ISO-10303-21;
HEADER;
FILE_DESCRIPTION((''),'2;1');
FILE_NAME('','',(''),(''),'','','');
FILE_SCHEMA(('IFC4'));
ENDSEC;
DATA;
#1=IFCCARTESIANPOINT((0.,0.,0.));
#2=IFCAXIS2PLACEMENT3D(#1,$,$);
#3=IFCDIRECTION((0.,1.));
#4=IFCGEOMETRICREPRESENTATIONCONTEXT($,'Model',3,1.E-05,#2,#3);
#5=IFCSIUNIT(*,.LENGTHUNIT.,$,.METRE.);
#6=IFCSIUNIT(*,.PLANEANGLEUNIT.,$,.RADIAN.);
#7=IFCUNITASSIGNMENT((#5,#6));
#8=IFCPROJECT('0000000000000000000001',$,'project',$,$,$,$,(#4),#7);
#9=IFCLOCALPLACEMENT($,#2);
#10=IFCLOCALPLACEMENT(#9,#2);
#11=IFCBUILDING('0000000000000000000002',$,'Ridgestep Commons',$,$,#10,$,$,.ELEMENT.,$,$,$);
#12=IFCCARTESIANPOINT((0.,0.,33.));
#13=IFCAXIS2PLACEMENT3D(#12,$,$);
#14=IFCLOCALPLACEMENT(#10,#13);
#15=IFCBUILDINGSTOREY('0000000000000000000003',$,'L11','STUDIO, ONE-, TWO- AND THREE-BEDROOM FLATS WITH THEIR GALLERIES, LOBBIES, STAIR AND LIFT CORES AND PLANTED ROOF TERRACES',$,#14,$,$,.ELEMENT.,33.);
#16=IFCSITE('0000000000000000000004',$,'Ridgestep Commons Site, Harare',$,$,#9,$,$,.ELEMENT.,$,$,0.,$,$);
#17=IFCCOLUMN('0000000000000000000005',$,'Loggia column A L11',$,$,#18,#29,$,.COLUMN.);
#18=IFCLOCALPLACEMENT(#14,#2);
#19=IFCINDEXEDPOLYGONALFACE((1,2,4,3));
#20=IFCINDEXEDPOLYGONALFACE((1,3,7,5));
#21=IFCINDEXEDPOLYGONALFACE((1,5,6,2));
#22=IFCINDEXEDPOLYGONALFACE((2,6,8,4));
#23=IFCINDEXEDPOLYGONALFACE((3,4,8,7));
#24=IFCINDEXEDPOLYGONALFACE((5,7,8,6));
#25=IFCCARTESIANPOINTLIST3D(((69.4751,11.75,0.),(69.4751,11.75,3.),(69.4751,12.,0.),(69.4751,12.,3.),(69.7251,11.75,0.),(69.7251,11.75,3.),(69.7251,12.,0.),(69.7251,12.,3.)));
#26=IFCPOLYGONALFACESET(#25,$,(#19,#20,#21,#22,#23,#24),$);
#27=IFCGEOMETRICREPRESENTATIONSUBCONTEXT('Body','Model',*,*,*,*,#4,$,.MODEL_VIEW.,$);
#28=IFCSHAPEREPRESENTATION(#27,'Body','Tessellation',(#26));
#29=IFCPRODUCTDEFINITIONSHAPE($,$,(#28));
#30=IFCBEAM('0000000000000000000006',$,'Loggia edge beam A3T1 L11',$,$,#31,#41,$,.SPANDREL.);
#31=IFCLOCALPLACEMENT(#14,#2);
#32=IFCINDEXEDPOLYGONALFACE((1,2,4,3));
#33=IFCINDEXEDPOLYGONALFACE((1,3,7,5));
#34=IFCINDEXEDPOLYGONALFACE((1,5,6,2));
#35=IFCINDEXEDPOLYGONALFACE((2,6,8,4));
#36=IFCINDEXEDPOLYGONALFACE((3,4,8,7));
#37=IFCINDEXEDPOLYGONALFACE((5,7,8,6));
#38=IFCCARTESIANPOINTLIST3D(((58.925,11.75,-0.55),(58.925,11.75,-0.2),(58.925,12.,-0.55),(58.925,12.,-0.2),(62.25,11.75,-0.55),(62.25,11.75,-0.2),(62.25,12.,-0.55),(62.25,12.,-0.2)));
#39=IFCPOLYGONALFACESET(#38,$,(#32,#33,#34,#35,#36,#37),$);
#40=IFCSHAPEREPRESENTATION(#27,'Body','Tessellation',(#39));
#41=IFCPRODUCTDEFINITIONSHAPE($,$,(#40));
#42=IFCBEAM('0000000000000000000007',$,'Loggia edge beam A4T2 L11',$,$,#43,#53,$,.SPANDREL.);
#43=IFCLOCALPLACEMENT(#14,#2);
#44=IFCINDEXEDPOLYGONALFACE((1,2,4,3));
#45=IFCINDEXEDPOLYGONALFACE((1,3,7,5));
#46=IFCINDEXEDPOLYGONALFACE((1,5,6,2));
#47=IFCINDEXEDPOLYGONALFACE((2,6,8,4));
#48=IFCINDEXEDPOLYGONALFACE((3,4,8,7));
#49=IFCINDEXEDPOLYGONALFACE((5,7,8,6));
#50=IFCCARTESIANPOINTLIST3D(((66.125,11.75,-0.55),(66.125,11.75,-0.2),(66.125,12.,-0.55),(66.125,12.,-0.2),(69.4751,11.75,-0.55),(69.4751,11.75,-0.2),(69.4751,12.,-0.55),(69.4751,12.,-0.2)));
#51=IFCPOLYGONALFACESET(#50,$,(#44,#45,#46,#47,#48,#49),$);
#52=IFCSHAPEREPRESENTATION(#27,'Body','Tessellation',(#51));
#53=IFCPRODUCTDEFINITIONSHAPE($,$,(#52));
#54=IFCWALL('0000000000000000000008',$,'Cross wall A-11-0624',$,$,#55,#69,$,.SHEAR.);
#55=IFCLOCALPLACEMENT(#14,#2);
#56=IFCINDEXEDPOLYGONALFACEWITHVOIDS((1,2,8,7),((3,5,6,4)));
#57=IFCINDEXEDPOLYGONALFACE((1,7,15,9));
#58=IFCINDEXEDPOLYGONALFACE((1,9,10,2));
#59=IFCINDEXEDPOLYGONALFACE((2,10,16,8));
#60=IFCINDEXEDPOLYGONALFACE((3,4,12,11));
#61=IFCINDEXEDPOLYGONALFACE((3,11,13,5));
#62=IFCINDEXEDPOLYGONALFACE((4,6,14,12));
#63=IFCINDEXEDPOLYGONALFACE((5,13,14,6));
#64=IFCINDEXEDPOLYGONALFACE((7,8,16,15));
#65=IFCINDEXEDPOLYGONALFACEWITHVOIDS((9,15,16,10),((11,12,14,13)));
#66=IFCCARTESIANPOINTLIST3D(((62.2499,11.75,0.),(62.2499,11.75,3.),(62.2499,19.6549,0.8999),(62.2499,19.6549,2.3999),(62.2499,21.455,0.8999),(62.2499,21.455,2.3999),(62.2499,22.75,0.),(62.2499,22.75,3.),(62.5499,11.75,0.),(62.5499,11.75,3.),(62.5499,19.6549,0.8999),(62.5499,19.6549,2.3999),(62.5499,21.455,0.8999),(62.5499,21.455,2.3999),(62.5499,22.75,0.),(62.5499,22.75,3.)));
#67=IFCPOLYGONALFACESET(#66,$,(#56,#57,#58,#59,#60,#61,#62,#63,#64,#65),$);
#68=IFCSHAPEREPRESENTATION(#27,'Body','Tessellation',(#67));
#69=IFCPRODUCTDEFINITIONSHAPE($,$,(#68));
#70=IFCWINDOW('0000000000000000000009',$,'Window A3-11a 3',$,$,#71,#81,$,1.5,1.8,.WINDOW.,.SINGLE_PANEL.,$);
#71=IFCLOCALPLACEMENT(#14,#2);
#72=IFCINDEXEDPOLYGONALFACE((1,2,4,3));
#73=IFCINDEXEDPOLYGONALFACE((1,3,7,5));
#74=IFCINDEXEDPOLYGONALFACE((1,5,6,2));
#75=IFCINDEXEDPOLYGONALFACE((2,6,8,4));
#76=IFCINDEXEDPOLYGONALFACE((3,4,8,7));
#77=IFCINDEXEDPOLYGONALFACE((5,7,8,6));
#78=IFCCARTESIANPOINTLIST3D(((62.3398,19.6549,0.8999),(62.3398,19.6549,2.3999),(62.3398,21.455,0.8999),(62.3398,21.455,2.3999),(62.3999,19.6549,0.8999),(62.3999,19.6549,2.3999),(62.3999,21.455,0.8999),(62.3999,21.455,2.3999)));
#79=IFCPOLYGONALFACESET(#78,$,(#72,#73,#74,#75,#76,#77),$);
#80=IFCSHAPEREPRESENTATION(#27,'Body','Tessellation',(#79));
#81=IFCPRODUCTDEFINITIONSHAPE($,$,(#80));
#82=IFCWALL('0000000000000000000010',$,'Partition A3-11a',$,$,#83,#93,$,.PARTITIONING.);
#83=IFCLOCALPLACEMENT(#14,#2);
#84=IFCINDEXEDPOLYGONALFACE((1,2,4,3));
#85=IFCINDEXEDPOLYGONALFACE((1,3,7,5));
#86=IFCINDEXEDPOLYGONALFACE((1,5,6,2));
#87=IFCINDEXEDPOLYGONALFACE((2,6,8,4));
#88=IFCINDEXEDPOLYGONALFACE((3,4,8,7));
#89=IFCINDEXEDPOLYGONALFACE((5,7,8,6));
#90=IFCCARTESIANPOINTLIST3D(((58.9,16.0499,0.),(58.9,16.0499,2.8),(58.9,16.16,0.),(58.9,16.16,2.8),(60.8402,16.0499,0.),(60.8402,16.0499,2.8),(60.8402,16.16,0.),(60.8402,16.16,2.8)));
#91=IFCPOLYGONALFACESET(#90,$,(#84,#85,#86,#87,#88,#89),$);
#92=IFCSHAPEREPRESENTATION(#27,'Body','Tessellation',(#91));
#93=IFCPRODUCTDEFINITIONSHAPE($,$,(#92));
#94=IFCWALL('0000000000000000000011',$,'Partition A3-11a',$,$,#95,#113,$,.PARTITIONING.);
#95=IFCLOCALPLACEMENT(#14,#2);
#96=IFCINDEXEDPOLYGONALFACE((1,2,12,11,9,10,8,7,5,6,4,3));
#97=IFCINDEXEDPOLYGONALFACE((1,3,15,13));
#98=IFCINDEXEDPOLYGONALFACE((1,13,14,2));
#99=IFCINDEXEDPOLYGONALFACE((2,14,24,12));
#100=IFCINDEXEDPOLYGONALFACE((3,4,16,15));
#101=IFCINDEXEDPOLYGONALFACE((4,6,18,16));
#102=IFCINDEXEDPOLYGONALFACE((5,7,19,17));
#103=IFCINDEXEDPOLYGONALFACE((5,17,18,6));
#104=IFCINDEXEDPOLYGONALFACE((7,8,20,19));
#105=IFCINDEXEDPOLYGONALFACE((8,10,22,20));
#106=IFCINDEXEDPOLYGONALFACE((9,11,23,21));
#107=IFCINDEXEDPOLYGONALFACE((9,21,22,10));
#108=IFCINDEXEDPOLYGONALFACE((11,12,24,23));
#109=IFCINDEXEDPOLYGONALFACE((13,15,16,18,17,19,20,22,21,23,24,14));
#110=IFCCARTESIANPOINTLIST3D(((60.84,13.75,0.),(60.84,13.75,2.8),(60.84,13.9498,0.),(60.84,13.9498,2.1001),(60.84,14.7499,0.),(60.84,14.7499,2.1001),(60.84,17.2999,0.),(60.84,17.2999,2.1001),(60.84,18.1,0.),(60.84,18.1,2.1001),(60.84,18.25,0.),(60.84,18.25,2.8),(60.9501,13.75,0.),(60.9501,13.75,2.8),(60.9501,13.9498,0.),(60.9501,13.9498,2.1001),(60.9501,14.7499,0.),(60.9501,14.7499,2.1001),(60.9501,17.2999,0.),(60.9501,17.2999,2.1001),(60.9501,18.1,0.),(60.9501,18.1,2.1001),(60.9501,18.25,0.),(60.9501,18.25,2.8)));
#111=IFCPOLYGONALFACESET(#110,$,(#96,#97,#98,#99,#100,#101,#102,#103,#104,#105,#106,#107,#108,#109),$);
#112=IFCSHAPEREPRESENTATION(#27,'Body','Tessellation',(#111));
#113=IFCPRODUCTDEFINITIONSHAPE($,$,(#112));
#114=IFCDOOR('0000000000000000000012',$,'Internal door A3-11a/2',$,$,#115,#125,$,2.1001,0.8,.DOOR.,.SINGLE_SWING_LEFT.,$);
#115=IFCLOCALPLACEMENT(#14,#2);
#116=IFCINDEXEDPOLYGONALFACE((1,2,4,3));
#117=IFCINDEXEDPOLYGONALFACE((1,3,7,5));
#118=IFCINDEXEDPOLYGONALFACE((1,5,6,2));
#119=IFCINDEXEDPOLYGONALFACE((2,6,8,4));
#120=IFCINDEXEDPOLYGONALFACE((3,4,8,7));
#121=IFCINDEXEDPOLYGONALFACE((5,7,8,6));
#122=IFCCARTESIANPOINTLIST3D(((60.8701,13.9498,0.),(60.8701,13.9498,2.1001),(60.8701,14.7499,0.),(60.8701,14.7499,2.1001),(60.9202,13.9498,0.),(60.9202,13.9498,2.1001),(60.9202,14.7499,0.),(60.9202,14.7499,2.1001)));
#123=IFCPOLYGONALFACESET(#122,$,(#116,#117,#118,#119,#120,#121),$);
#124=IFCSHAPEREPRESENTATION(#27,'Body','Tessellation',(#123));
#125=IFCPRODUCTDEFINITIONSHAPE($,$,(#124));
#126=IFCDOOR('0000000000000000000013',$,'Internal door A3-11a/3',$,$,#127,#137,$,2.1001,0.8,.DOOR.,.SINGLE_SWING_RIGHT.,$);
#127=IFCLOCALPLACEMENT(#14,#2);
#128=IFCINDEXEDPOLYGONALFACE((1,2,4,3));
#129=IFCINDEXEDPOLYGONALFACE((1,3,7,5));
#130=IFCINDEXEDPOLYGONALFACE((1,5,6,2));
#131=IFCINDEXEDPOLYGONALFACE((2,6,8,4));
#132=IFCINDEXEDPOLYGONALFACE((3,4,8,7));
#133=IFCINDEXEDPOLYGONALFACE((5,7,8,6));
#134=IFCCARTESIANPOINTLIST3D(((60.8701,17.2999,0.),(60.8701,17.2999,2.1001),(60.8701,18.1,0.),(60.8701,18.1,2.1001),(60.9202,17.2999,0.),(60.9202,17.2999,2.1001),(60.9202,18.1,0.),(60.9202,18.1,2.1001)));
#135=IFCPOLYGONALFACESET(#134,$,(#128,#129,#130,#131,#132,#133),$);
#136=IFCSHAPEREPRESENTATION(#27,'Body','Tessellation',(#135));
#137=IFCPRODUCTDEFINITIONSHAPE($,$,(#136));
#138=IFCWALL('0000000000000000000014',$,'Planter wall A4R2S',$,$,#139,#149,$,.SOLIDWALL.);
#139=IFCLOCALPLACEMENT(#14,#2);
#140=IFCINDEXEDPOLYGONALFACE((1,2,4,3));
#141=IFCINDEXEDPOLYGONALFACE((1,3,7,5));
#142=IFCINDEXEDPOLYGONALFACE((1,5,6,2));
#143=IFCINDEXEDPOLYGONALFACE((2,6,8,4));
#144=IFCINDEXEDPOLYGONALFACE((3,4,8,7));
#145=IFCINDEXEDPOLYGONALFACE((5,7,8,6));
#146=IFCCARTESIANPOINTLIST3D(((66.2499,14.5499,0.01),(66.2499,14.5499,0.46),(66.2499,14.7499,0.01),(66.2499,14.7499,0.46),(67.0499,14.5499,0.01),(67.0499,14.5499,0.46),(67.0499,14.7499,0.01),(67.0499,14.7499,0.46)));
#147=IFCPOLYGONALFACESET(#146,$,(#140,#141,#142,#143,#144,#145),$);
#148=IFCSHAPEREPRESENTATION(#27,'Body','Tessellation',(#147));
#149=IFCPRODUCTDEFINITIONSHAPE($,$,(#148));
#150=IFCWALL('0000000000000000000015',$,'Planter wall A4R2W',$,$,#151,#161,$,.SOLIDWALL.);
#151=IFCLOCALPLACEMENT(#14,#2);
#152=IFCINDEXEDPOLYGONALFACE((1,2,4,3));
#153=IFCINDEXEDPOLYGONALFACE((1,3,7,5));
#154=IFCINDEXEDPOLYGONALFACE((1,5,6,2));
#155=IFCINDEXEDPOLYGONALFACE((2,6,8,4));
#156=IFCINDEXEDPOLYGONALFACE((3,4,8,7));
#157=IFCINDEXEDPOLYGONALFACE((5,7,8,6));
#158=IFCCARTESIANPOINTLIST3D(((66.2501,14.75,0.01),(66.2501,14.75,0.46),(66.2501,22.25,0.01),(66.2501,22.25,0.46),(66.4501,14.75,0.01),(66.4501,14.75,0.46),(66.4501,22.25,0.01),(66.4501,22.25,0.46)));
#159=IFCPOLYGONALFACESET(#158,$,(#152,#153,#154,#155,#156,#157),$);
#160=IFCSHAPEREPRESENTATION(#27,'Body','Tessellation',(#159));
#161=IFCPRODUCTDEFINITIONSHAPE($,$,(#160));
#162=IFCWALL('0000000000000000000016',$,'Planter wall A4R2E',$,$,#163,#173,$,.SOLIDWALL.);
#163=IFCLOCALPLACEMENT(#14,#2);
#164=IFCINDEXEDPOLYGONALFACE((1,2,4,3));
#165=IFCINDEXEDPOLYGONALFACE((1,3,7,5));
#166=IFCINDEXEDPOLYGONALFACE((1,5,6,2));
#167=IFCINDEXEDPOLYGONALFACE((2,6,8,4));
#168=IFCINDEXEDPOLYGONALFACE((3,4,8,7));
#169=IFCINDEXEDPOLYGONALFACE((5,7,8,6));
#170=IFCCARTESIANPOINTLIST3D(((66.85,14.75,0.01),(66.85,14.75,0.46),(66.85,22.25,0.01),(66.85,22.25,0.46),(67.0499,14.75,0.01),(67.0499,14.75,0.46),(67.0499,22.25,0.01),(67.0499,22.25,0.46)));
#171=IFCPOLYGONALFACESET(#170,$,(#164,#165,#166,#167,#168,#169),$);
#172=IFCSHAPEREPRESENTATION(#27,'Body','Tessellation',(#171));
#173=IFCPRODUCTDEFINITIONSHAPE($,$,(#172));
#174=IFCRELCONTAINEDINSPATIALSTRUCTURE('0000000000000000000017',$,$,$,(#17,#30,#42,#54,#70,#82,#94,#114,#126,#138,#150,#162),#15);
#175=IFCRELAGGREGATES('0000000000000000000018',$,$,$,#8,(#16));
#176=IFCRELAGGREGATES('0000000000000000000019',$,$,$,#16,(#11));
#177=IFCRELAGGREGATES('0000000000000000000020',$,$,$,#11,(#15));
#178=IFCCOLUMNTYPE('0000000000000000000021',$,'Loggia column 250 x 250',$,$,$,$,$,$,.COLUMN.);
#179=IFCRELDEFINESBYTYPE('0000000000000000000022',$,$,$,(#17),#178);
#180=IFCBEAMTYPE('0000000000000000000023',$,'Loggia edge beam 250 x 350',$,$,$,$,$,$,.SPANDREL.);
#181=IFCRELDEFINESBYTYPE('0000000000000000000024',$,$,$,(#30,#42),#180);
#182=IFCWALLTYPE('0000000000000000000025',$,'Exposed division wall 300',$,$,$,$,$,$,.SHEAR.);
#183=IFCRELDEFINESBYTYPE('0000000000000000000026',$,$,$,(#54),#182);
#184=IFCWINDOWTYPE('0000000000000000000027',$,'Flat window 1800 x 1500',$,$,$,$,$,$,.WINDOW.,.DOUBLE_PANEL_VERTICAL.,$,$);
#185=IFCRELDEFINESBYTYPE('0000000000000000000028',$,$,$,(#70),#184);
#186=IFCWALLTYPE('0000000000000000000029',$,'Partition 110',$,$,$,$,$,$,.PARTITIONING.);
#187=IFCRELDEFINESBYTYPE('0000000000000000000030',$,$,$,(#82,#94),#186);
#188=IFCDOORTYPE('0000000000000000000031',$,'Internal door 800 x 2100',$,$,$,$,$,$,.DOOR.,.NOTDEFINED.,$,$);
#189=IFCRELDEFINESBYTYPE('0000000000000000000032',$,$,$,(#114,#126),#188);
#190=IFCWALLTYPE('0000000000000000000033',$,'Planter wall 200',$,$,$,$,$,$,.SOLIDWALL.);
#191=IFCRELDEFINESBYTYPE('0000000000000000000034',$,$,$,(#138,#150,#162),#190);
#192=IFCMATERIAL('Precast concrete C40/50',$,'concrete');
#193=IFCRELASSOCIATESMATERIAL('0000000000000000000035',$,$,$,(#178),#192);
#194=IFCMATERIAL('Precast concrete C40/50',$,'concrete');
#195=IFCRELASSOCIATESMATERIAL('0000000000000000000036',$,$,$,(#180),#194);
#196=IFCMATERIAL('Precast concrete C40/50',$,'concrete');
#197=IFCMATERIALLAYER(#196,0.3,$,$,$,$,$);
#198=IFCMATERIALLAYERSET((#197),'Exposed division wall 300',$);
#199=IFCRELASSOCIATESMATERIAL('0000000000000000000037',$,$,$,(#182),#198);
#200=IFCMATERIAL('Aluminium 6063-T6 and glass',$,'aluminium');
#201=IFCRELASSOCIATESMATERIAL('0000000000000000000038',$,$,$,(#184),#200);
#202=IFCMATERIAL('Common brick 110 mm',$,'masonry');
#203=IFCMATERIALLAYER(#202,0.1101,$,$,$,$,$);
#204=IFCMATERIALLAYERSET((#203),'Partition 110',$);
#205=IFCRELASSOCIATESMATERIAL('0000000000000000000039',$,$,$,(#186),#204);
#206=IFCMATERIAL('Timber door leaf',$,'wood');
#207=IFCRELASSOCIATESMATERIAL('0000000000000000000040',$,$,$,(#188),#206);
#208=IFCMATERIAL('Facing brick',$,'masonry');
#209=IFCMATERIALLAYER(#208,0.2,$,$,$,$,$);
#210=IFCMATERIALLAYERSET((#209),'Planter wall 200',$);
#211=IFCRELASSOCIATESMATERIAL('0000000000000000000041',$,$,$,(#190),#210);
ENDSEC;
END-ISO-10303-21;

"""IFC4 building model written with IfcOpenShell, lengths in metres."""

from ifc_helpers import new_model, si_unit, direction, frame, frame_2d, origin, origin_2d, place, context, subcontext, project, spatial, rectangle, extrude, material, layer, layer_set, material_profile, profile_set, type_object, element, fill, save


model = new_model("IFC4")

# Units and contexts
model_context = context("Model", 3, precision=1e-05, world=origin(), true_north=direction((0.0, 1.0)))
body_context = subcontext(model_context, "Body", "Model", "MODEL_VIEW")
ifc_project = project(units=[si_unit("LENGTHUNIT", "METRE"), si_unit("PLANEANGLEUNIT", "RADIAN")], contexts=[model_context])

# Site, building, storey
site_placement = place(None, origin())
site = spatial("IfcSite", under=ifc_project, at=site_placement, Name="Ridgestep Commons Site, Harare", CompositionType="ELEMENT", RefElevation=0.0)
building_placement = place(site_placement, origin())
building = spatial("IfcBuilding", under=site, at=building_placement, Name="Ridgestep Commons", CompositionType="ELEMENT")
storey_placement = place(building_placement, frame((0.0, 0.0, 33.0)))
storey = spatial("IfcBuildingStorey", under=building, at=storey_placement, Name="L11", Description="STUDIO, ONE-, TWO- AND THREE-BEDROOM FLATS WITH THEIR GALLERIES, LOBBIES, STAIR AND LIFT CORES AND PLANTED ROOF TERRACES", CompositionType="ELEMENT", Elevation=33.0)

# Column
ifc_material_1 = material(Name="Precast concrete C40/50", Category="concrete")
ifc_material_profile_1 = material_profile(ifc_material_1, rectangle(XDim=0.25, YDim=0.25, at=origin_2d()), Name="PC 250x250")
ifc_profile_set_1 = profile_set([ifc_material_profile_1], Name="Precast concrete C40/50")
column_type = type_object("IfcColumnType", Name="Loggia column 250 x 250", PredefinedType="COLUMN", material=ifc_profile_set_1)
column_placement = place(storey_placement, frame((69.6001, 11.875, 0.0), z_axis=(0.0, 0.0, 1.0), x_axis=(1.0, 0.0, 0.0)))
element("IfcColumn", 1, at=column_placement, inside=storey, type_object=column_type, Name="Loggia column A L11", PredefinedType="COLUMN", context=body_context, shape_type="SweptSolid", body=[
    extrude(rectangle(XDim=0.25, YDim=0.25, at=origin_2d()), origin(), (0.0, 0.0, 1.0), 3.0),
])

# Beams
ifc_material_2 = material(Name="Precast concrete C40/50", Category="concrete")
ifc_material_profile_2 = material_profile(ifc_material_2, rectangle(XDim=0.25, YDim=0.3501, at=origin_2d()), Name="PC 250x350")
ifc_profile_set_2 = profile_set([ifc_material_profile_2], Name="Precast concrete C40/50")
beam_type = type_object("IfcBeamType", Name="Loggia edge beam 250 x 350", PredefinedType="SPANDREL", material=ifc_profile_set_2)
beam_1_placement = place(storey_placement, frame((58.925, 11.875, -0.375), z_axis=(1.0, 0.0, 0.0), x_axis=(0.0, 1.0, 0.0)))
element("IfcBeam", 2, at=beam_1_placement, inside=storey, type_object=beam_type, Name="Loggia edge beam A3T1 L11", PredefinedType="SPANDREL", context=body_context, shape_type="SweptSolid", body=[
    extrude(rectangle(XDim=0.25, YDim=0.3501, at=origin_2d()), origin(), (0.0, 0.0, 1.0), 3.325),
])
beam_2_placement = place(storey_placement, frame((66.125, 11.875, -0.375), z_axis=(1.0, 0.0, 0.0), x_axis=(0.0, 1.0, 0.0)))
element("IfcBeam", 3, at=beam_2_placement, inside=storey, type_object=beam_type, Name="Loggia edge beam A4T2 L11", PredefinedType="SPANDREL", context=body_context, shape_type="SweptSolid", body=[
    extrude(rectangle(XDim=0.25, YDim=0.3501, at=origin_2d()), origin(), (0.0, 0.0, 1.0), 3.3501),
])

# Wall, opening, window
ifc_material_3 = material(Name="Precast concrete C40/50", Category="concrete")
ifc_layer_1 = layer(ifc_material_3, 0.3)
ifc_layer_set_1 = layer_set([ifc_layer_1], Name="Exposed division wall 300")
wall_type_1 = type_object("IfcWallType", Name="Exposed division wall 300", PredefinedType="SHEAR", material=ifc_layer_set_1)
wall_1_placement = place(storey_placement, frame((62.3999, 11.75, 0.0), z_axis=(0.0, 0.0, 1.0), x_axis=(0.0, 1.0, 0.0)))
wall_1 = element("IfcWall", 4, at=wall_1_placement, inside=storey, type_object=wall_type_1, Name="Cross wall A-11-0624", PredefinedType="SHEAR", context=body_context, shape_type="SweptSolid", body=[
    extrude(rectangle(XDim=11.0, YDim=0.3, at=frame_2d((5.5, 0.0))), origin(), (0.0, 0.0, 1.0), 3.0),
])
opening_1_placement = place(wall_1_placement, frame((7.905, 0.0, 0.8999)))
opening_1 = element("IfcOpeningElement", 5, at=opening_1_placement, cuts=wall_1, PredefinedType="OPENING", context=body_context, shape_type="SweptSolid", body=[
    extrude(rectangle(XDim=1.8, YDim=1.5, at=frame_2d((0.8999, 0.75))), frame((0.0, 0.1599, 0.0), z_axis=(0.0, -1.0, 0.0), x_axis=(1.0, 0.0, 0.0)), (0.0, 0.0, 1.0), 0.3201),
])
ifc_material_4 = material(Name="Aluminium 6063-T6 and glass", Category="aluminium")
window_type = type_object("IfcWindowType", Name="Flat window 1800 x 1500", PartitioningType="DOUBLE_PANEL_VERTICAL", PredefinedType="WINDOW", material=ifc_material_4)
window_placement = place(opening_1_placement, origin())
window = element("IfcWindow", 6, at=window_placement, inside=storey, type_object=window_type, Name="Window A3-11a 3", OverallHeight=1.5, OverallWidth=1.8, PartitioningType="SINGLE_PANEL", PredefinedType="WINDOW", context=body_context, shape_type="SweptSolid", body=[
    extrude(rectangle(XDim=1.8, YDim=1.5, at=frame_2d((0.8999, 0.75))), frame((0.0, 0.0601, 0.0), z_axis=(0.0, -1.0, 0.0), x_axis=(1.0, 0.0, 0.0)), (0.0, 0.0, 1.0), 0.0601),
])
fill(opening_1, window)

# Wall
ifc_material_5 = material(Name="Common brick 110 mm", Category="masonry")
ifc_layer_2 = layer(ifc_material_5, 0.1101)
ifc_layer_set_2 = layer_set([ifc_layer_2], Name="Partition 110")
wall_type_2 = type_object("IfcWallType", Name="Partition 110", PredefinedType="PARTITIONING", material=ifc_layer_set_2)
wall_2_placement = place(storey_placement, frame((58.8999, 16.105, 0.0), z_axis=(0.0, 0.0, 1.0), x_axis=(1.0, 0.0, 0.0)))
element("IfcWall", 7, at=wall_2_placement, inside=storey, type_object=wall_type_2, Name="Partition A3-11a", PredefinedType="PARTITIONING", context=body_context, shape_type="SweptSolid", body=[
    extrude(rectangle(XDim=1.9402, YDim=0.1101, at=frame_2d((0.9702, 0.0))), origin(), (0.0, 0.0, 1.0), 2.8),
])

# Wall, openings, doors
wall_3_placement = place(storey_placement, frame((60.895, 13.75, 0.0), z_axis=(0.0, 0.0, 1.0), x_axis=(0.0, 1.0, 0.0)))
wall_3 = element("IfcWall", 8, at=wall_3_placement, inside=storey, type_object=wall_type_2, Name="Partition A3-11a", PredefinedType="PARTITIONING", context=body_context, shape_type="SweptSolid", body=[
    extrude(rectangle(XDim=4.5, YDim=0.1101, at=frame_2d((2.25, 0.0))), origin(), (0.0, 0.0, 1.0), 2.8),
])
opening_2_placement = place(wall_3_placement, frame((0.2, 0.0, 0.0)))
opening_2 = element("IfcOpeningElement", 9, at=opening_2_placement, cuts=wall_3, PredefinedType="OPENING", context=body_context, shape_type="SweptSolid", body=[
    extrude(rectangle(XDim=0.8, YDim=2.1001, at=frame_2d((0.3999, 1.05))), frame((0.0, 0.0649, 0.0), z_axis=(0.0, -1.0, 0.0), x_axis=(1.0, 0.0, 0.0)), (0.0, 0.0, 1.0), 0.1301),
])
opening_3_placement = place(wall_3_placement, frame((3.55, 0.0, 0.0)))
opening_3 = element("IfcOpeningElement", 10, at=opening_3_placement, cuts=wall_3, PredefinedType="OPENING", context=body_context, shape_type="SweptSolid", body=[
    extrude(rectangle(XDim=0.8, YDim=2.1001, at=frame_2d((0.3999, 1.05))), frame((0.0, 0.0649, 0.0), z_axis=(0.0, -1.0, 0.0), x_axis=(1.0, 0.0, 0.0)), (0.0, 0.0, 1.0), 0.1301),
])
ifc_material_6 = material(Name="Timber door leaf", Category="wood")
door_type = type_object("IfcDoorType", Name="Internal door 800 x 2100", OperationType="NOTDEFINED", PredefinedType="DOOR", material=ifc_material_6)
door_1_placement = place(opening_2_placement, origin())
door_1 = element("IfcDoor", 11, at=door_1_placement, inside=storey, type_object=door_type, Name="Internal door A3-11a/2", OperationType="SINGLE_SWING_LEFT", OverallHeight=2.1001, OverallWidth=0.8, PredefinedType="DOOR", context=body_context, shape_type="SweptSolid", body=[
    extrude(rectangle(XDim=0.8, YDim=2.1001, at=frame_2d((0.3999, 1.05))), frame((0.0, 0.0249, 0.0), z_axis=(0.0, -1.0, 0.0), x_axis=(1.0, 0.0, 0.0)), (0.0, 0.0, 1.0), 0.05),
])
fill(opening_2, door_1)
door_2_placement = place(opening_3_placement, origin())
door_2 = element("IfcDoor", 12, at=door_2_placement, inside=storey, type_object=door_type, Name="Internal door A3-11a/3", OperationType="SINGLE_SWING_RIGHT", OverallHeight=2.1001, OverallWidth=0.8, PredefinedType="DOOR", context=body_context, shape_type="SweptSolid", body=[
    extrude(rectangle(XDim=0.8, YDim=2.1001, at=frame_2d((0.3999, 1.05))), frame((0.0, 0.0249, 0.0), z_axis=(0.0, -1.0, 0.0), x_axis=(1.0, 0.0, 0.0)), (0.0, 0.0, 1.0), 0.05),
])
fill(opening_3, door_2)

# Walls
ifc_material_7 = material(Name="Facing brick", Category="masonry")
ifc_layer_3 = layer(ifc_material_7, 0.2)
ifc_layer_set_3 = layer_set([ifc_layer_3], Name="Planter wall 200")
wall_type_3 = type_object("IfcWallType", Name="Planter wall 200", PredefinedType="SOLIDWALL", material=ifc_layer_set_3)
wall_4_placement = place(storey_placement, frame((66.25, 14.6499, 0.01), z_axis=(0.0, 0.0, 1.0), x_axis=(1.0, 0.0, 0.0)))
element("IfcWall", 13, at=wall_4_placement, inside=storey, type_object=wall_type_3, Name="Planter wall A4R2S", PredefinedType="SOLIDWALL", context=body_context, shape_type="SweptSolid", body=[
    extrude(rectangle(XDim=0.8, YDim=0.2, at=frame_2d((0.3999, 0.0))), origin(), (0.0, 0.0, 1.0), 0.45),
])
for number, where, z_axis, x_axis, name in (
    (14, (66.3501, 14.75, 0.01), (0.0, 0.0, 1.0), (0.0, 1.0, 0.0), "Planter wall A4R2W"),
    (15, (66.95, 14.75, 0.01), (0.0, 0.0, 1.0), (0.0, 1.0, 0.0), "Planter wall A4R2E"),
):
    element("IfcWall", number, at=place(storey_placement, frame(where, z_axis=z_axis, x_axis=x_axis)), inside=storey, type_object=wall_type_3, Name=name, PredefinedType="SOLIDWALL", context=body_context, shape_type="SweptSolid", body=[
        extrude(rectangle(XDim=7.5, YDim=0.2, at=frame_2d((3.75, 0.0))), origin(), (0.0, 0.0, 1.0), 0.45),
    ])

save(model, "model.ifc")
